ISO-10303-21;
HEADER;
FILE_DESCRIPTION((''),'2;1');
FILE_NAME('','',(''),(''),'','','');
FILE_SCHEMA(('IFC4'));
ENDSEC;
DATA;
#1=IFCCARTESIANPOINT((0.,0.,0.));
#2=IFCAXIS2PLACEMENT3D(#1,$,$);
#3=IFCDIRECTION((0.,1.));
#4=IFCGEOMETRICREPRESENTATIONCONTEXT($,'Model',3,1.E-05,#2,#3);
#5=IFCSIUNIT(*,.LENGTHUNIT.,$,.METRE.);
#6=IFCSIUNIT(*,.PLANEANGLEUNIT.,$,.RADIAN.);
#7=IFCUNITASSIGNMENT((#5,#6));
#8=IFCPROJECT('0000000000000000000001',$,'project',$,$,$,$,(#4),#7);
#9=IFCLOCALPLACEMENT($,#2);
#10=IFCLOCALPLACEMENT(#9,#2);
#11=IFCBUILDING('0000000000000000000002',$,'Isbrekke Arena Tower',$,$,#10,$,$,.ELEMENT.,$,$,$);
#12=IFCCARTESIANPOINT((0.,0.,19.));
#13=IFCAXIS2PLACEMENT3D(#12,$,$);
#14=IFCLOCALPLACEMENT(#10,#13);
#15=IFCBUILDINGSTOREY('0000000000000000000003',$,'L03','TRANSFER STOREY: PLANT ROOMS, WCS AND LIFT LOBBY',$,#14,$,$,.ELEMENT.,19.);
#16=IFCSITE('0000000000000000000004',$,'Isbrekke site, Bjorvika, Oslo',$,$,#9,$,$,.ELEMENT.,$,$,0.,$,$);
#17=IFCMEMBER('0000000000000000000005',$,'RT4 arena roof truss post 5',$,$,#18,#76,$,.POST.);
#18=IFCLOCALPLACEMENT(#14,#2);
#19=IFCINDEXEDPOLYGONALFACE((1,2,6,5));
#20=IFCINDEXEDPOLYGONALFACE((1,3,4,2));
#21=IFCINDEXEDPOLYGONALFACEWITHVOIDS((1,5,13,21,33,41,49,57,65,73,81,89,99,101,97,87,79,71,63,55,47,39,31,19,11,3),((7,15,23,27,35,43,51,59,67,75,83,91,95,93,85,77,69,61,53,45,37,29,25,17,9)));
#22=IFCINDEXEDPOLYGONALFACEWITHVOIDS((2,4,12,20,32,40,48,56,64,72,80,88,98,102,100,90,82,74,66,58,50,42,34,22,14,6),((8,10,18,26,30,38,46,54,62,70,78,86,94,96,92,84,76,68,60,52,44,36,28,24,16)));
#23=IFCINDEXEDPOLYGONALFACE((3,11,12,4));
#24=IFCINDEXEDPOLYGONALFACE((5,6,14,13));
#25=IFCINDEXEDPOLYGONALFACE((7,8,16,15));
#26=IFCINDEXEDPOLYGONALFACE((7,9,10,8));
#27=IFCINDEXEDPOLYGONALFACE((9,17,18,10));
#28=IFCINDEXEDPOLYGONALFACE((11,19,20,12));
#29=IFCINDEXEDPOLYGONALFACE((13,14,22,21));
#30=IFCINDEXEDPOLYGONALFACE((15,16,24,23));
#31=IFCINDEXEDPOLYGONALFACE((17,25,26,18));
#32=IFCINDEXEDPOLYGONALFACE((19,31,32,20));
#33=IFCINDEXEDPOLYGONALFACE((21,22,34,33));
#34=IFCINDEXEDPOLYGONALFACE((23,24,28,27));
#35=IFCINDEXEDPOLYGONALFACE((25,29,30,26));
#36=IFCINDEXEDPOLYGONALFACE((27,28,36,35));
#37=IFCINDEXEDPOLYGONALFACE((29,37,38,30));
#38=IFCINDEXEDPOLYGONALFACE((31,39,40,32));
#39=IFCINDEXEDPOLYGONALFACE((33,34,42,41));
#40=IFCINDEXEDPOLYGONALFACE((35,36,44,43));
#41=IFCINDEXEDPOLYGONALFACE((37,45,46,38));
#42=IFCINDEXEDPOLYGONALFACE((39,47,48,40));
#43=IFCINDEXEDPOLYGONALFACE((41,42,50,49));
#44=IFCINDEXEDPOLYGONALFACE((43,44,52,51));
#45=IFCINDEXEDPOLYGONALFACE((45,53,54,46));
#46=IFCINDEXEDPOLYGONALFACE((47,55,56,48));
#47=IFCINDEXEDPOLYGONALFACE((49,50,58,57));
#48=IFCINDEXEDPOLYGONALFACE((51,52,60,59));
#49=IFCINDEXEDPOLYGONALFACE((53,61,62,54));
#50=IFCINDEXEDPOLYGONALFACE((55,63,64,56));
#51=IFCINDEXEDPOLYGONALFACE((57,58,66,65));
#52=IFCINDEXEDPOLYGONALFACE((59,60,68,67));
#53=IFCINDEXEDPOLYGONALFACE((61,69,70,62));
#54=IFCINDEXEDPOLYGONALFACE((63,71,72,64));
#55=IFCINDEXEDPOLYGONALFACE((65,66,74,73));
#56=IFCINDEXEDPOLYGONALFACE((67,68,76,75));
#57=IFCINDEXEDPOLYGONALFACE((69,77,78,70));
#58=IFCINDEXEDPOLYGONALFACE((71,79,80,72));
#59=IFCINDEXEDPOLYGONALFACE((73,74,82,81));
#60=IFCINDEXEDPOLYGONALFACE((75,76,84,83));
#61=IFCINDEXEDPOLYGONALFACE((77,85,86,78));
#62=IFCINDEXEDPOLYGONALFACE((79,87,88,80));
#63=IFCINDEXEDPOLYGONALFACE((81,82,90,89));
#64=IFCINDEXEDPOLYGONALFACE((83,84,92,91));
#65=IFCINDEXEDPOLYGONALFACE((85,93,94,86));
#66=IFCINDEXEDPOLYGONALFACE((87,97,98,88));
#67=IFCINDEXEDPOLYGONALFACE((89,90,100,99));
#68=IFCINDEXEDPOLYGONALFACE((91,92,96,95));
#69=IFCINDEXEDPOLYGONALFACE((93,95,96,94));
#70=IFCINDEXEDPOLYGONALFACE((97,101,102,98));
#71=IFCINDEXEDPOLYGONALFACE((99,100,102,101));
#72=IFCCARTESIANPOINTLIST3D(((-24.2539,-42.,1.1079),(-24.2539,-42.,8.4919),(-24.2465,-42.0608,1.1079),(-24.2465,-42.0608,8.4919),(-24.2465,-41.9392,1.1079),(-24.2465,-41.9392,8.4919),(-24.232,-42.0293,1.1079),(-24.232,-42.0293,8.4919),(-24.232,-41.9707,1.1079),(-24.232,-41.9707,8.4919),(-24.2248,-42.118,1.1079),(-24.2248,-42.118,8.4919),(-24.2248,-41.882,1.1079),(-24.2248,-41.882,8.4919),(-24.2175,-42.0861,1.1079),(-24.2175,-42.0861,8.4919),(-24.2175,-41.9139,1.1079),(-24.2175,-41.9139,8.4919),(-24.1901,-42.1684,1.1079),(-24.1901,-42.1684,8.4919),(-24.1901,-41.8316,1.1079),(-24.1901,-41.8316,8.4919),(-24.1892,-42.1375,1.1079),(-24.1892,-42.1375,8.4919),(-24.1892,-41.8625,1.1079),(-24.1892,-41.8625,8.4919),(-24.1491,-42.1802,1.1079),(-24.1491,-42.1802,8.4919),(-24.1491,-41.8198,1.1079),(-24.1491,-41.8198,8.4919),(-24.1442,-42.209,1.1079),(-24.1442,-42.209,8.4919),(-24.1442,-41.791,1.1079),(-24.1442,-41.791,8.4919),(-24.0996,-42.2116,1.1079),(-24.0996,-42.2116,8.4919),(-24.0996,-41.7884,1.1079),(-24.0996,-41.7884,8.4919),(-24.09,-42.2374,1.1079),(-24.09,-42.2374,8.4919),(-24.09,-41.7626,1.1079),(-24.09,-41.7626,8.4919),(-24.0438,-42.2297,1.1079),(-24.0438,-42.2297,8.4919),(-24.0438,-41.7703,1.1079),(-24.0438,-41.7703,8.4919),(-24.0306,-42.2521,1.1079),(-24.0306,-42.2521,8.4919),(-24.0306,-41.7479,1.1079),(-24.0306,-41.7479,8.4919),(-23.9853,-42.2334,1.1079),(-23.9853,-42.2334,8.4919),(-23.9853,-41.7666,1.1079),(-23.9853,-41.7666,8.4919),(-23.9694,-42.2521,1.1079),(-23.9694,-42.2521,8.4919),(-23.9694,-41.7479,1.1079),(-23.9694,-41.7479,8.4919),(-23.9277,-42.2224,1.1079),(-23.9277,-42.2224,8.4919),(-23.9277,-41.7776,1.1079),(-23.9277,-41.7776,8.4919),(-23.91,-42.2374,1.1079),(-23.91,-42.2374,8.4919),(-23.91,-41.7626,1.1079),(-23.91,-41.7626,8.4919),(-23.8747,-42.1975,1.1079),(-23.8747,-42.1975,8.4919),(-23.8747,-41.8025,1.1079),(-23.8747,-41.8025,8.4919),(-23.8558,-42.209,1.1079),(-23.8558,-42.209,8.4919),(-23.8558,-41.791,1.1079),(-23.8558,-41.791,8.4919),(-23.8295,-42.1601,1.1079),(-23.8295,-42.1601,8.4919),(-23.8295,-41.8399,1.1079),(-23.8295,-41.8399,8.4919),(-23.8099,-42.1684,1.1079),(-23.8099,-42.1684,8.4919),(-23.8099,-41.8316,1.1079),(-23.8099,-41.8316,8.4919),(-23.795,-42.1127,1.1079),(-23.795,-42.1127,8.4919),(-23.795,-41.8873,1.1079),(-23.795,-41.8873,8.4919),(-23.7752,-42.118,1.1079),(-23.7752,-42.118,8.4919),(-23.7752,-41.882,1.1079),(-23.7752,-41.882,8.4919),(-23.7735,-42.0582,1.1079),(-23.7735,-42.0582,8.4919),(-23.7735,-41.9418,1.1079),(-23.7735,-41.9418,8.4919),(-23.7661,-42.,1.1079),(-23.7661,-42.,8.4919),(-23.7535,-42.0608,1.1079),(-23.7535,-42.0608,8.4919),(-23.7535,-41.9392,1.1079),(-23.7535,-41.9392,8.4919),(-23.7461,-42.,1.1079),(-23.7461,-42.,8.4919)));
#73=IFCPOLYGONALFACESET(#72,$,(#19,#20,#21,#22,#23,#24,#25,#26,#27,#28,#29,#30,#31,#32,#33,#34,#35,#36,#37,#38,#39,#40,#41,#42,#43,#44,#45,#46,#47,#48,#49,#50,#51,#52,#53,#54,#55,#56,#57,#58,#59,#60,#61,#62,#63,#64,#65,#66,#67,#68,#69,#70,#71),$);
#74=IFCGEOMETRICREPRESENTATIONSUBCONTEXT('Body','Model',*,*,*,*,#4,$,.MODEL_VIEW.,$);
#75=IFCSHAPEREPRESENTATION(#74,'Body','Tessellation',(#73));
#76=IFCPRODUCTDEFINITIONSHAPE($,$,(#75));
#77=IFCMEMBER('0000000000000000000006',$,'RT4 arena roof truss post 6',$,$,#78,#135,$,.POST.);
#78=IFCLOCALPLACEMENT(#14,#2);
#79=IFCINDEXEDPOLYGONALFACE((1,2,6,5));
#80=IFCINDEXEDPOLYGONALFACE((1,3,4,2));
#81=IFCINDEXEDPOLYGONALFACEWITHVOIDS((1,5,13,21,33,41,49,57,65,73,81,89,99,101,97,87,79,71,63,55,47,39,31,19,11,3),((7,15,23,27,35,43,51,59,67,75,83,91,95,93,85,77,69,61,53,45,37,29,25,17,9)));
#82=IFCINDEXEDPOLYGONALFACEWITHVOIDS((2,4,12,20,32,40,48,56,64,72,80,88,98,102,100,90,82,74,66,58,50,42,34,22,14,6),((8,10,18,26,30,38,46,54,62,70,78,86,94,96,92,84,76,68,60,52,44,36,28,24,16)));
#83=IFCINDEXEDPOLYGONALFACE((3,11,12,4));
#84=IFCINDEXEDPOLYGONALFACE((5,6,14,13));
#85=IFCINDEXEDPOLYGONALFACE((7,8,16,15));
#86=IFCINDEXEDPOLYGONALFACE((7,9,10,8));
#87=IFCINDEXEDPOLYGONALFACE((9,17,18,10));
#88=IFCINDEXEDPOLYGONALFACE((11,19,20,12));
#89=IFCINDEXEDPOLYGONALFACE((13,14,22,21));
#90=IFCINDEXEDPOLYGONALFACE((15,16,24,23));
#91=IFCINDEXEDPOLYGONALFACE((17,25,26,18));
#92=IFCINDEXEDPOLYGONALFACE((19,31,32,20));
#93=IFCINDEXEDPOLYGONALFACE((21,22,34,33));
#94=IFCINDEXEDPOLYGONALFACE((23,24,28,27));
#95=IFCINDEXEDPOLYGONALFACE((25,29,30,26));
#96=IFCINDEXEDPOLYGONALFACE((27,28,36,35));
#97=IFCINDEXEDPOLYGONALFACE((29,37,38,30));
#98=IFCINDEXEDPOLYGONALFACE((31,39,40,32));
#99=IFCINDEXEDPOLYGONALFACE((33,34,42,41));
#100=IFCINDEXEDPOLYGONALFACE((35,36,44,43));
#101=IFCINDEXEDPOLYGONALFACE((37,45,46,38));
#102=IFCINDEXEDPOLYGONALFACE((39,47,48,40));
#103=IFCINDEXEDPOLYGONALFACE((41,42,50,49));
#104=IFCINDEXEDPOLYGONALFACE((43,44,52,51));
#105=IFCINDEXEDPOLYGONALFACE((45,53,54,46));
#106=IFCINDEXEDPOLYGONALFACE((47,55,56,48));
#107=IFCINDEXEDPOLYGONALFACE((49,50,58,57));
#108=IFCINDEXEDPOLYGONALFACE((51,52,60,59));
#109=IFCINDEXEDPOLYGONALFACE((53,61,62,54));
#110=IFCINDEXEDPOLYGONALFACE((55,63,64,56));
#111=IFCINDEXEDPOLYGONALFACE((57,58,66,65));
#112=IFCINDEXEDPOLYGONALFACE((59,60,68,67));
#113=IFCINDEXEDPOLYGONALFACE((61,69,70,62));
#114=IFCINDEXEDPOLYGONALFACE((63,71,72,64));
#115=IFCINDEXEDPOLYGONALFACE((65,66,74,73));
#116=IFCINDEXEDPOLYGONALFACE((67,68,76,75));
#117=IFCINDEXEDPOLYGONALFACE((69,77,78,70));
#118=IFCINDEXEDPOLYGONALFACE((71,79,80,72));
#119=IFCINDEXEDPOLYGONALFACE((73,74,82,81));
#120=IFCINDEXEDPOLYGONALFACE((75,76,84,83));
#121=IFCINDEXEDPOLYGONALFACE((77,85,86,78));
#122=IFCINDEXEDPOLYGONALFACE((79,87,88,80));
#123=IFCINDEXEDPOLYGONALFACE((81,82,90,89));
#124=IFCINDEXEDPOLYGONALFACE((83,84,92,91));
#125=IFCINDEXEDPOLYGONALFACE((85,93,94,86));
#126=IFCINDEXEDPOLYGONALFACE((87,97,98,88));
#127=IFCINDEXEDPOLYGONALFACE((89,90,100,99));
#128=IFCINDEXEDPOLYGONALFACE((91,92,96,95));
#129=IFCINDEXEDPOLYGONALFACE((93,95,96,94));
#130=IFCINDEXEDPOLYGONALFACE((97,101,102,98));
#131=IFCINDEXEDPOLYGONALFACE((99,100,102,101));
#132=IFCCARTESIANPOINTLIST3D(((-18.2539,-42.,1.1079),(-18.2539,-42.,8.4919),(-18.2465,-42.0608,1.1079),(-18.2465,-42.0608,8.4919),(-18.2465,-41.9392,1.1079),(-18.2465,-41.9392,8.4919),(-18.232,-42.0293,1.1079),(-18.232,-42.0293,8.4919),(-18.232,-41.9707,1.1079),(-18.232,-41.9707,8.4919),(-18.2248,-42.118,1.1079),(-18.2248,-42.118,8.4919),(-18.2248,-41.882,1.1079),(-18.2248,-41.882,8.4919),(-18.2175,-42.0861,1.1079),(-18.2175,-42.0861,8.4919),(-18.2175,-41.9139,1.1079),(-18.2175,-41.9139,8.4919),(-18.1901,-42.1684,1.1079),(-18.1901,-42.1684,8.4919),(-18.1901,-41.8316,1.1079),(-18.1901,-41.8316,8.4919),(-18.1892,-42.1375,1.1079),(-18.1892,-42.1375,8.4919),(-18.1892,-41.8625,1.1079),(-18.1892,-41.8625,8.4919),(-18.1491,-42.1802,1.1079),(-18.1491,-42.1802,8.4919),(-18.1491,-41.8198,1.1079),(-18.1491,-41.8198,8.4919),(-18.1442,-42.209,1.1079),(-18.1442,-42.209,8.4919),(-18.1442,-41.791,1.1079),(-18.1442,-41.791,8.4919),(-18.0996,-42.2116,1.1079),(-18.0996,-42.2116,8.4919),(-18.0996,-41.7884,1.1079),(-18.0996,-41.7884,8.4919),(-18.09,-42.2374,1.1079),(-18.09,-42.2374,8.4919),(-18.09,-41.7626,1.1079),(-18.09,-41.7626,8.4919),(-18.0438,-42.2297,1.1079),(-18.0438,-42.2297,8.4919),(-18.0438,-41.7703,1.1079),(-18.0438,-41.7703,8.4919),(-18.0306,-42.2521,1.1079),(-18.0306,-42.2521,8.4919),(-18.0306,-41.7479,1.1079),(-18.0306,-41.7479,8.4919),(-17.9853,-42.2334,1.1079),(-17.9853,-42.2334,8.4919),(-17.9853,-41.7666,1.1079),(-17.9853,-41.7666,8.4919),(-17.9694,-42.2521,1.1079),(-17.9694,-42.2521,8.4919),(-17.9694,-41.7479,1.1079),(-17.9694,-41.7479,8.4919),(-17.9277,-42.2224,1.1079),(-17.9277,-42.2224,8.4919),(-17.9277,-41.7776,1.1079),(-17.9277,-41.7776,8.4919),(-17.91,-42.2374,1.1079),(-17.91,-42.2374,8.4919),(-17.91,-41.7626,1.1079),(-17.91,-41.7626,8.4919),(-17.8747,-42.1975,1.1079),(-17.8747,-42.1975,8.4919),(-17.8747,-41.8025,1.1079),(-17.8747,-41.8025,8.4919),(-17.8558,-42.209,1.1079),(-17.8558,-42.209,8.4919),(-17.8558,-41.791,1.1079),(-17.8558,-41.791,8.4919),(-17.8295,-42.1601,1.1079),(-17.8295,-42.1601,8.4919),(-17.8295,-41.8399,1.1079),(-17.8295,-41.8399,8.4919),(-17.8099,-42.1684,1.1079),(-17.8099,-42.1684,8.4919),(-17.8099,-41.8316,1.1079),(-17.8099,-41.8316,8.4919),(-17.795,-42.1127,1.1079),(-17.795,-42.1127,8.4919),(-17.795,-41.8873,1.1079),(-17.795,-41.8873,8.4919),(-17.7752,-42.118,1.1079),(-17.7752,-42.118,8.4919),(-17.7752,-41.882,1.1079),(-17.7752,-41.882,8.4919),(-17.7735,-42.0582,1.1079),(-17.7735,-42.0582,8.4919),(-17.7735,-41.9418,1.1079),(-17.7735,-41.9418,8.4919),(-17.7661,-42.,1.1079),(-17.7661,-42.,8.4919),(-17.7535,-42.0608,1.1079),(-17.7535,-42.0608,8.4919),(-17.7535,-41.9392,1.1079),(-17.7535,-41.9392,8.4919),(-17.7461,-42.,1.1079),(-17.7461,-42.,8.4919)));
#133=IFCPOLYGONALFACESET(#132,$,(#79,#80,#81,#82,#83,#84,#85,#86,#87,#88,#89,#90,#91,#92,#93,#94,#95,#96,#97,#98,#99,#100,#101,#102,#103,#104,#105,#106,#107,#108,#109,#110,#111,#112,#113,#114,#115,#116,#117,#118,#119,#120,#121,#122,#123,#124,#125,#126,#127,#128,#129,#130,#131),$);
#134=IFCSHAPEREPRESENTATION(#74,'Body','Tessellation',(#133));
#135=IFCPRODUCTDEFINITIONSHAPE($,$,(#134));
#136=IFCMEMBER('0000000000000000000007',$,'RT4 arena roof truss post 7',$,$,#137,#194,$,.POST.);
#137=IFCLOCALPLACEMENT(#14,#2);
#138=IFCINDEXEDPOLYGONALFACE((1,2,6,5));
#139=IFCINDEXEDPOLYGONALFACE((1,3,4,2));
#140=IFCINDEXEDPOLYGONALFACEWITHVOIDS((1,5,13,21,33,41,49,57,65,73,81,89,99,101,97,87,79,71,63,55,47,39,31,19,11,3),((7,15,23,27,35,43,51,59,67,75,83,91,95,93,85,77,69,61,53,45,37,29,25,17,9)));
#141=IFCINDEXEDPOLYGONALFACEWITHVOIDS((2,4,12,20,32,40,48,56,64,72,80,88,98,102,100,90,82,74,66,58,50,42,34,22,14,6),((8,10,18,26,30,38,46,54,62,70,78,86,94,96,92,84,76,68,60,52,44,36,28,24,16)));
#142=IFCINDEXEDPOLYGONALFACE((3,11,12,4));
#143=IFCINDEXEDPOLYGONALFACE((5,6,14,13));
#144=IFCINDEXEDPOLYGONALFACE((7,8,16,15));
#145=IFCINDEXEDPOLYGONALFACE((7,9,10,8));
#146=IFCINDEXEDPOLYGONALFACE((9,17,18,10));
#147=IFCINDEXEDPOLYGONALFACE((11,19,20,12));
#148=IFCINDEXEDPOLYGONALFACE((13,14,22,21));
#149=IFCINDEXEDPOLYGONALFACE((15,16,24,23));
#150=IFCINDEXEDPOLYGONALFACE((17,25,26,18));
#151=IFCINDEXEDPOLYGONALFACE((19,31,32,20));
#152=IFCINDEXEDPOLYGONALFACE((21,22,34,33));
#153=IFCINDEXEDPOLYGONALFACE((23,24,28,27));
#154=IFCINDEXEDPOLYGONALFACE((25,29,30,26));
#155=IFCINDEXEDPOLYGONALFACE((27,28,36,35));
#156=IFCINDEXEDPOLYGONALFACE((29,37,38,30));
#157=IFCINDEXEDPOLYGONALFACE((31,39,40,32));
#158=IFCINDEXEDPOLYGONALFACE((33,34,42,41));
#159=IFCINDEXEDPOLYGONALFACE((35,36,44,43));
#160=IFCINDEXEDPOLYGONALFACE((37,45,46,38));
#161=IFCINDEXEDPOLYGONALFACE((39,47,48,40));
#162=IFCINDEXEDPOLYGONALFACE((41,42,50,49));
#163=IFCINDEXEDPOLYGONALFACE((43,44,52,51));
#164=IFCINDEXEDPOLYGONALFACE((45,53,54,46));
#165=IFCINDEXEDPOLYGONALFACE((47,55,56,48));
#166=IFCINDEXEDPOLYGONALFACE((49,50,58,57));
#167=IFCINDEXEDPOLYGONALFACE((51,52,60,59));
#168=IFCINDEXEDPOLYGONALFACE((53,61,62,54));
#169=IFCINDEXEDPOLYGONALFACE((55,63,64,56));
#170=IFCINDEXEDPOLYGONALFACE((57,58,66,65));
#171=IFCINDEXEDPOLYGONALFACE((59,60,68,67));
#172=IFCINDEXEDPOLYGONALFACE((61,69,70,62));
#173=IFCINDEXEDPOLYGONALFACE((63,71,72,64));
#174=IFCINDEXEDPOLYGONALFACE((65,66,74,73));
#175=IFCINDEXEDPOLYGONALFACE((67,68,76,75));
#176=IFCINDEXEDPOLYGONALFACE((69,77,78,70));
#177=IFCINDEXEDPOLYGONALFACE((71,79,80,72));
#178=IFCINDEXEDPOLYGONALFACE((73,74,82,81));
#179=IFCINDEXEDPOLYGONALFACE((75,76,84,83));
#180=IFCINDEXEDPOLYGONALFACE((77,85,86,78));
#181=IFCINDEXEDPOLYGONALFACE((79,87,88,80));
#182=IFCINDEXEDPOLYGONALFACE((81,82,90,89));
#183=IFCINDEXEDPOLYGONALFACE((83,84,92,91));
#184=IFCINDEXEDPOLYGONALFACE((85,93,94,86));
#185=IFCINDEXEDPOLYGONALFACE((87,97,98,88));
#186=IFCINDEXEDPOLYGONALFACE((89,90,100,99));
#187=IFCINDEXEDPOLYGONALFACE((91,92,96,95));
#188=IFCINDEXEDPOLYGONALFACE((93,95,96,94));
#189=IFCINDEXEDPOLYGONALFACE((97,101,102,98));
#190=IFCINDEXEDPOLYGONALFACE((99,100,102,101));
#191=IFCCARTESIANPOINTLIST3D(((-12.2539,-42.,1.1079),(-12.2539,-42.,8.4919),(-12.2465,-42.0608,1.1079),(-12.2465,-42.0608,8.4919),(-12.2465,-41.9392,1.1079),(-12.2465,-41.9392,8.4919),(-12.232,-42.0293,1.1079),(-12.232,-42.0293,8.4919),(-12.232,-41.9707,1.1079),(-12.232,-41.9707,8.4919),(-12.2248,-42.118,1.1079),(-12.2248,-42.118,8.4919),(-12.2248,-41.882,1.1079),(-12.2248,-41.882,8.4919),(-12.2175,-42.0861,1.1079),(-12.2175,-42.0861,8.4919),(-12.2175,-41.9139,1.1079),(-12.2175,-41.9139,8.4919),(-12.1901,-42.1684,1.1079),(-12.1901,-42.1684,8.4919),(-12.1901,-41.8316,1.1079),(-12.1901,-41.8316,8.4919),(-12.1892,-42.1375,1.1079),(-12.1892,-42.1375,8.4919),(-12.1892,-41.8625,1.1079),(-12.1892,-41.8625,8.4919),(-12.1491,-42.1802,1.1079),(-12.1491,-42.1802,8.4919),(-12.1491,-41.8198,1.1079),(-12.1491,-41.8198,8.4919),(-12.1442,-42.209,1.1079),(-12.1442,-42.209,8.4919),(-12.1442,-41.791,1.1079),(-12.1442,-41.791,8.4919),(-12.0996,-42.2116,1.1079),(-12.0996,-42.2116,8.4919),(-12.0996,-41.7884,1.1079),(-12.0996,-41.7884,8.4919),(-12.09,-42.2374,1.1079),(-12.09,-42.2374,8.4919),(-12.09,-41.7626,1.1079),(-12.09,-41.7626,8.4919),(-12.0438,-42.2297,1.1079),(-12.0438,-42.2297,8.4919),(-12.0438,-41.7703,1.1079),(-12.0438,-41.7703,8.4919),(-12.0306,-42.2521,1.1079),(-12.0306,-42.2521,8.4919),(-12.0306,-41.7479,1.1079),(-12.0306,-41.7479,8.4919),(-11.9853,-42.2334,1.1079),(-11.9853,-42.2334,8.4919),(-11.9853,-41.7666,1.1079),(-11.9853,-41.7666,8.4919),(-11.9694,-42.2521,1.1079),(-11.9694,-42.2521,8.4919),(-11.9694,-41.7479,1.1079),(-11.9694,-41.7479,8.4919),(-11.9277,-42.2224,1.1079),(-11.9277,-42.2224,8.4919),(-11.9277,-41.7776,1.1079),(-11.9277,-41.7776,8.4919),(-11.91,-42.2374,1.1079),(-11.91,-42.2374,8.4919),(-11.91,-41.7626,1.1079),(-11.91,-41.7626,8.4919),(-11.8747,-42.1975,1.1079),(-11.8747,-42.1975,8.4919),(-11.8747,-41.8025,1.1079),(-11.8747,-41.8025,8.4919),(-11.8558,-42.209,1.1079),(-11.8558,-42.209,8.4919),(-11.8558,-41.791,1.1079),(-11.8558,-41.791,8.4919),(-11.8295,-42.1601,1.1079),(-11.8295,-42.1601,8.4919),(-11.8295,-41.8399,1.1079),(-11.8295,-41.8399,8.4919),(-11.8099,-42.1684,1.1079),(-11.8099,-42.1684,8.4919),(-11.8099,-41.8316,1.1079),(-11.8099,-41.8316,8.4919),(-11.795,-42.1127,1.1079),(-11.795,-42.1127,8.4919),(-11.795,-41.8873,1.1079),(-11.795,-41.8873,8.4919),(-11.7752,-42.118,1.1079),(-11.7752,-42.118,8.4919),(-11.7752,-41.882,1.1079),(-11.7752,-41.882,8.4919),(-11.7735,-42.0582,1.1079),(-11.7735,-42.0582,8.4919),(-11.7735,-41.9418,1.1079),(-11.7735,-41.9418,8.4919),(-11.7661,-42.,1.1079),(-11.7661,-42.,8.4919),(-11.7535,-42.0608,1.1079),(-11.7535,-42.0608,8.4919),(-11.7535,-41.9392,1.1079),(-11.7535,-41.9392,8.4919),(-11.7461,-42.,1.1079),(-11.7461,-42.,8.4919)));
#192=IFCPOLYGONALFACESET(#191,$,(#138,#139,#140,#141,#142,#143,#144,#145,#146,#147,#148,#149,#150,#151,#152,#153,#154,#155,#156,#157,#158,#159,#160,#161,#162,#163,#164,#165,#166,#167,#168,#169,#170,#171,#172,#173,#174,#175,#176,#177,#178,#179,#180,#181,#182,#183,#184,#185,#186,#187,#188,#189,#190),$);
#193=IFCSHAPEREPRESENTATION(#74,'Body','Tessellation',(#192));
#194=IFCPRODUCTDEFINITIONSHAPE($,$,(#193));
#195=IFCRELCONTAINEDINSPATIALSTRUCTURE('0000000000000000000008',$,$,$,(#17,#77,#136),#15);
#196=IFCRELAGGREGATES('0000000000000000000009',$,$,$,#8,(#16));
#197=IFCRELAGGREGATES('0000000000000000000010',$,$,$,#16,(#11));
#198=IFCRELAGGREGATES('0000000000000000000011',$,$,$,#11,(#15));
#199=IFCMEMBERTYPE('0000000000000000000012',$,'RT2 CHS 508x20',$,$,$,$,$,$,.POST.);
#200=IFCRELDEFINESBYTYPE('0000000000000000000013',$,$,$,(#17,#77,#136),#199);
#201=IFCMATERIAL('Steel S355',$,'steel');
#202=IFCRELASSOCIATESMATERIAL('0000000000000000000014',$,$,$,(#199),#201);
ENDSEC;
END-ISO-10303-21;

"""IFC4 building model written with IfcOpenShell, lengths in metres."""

from ifc_helpers import new_model, si_unit, direction, frame, origin, origin_2d, place, context, subcontext, project, spatial, hollow_circle, extrude, material, material_profile, profile_set, type_object, element, save


model = new_model("IFC4")

# Units and contexts
model_context = context("Model", 3, precision=1e-05, world=origin(), true_north=direction((0.0, 1.0)))
body_context = subcontext(model_context, "Body", "Model", "MODEL_VIEW")
ifc_project = project(units=[si_unit("LENGTHUNIT", "METRE"), si_unit("PLANEANGLEUNIT", "RADIAN")], contexts=[model_context])

# Site, building, storey
site_placement = place(None, origin())
site = spatial("IfcSite", under=ifc_project, at=site_placement, Name="Isbrekke site, Bjorvika, Oslo", CompositionType="ELEMENT", RefElevation=0.0)
building_placement = place(site_placement, origin())
building = spatial("IfcBuilding", under=site, at=building_placement, Name="Isbrekke Arena Tower", CompositionType="ELEMENT")
storey_placement = place(building_placement, frame((0.0, 0.0, 19.0)))
storey = spatial("IfcBuildingStorey", under=building, at=storey_placement, Name="L03", Description="TRANSFER STOREY: PLANT ROOMS, WCS AND LIFT LOBBY", CompositionType="ELEMENT", Elevation=19.0)

# Members
ifc_material_1 = material(Name="Steel S355", Category="steel")
ifc_material_profile_1 = material_profile(ifc_material_1, hollow_circle(Radius=0.2539, WallThickness=0.02, at=origin_2d()), Name="CHS 508x20")
ifc_profile_set_1 = profile_set([ifc_material_profile_1], Name="Steel S355")
member_type_1 = type_object("IfcMemberType", Name="RT2 CHS 508x20", PredefinedType="POST", material=ifc_profile_set_1)
for number, where, z_axis, x_axis, name in (
    (1, (-24.0, -42.0, 1.1079), (0.0, 0.0, 1.0), (1.0, 0.0, 0.0), "RT4 arena roof truss post 5"),
    (2, (-18.0, -42.0, 1.1079), (0.0, 0.0, 1.0), (1.0, 0.0, 0.0), "RT4 arena roof truss post 6"),
    (3, (-12.0, -42.0, 1.1079), (0.0, 0.0, 1.0), (1.0, 0.0, 0.0), "RT4 arena roof truss post 7"),
):
    element("IfcMember", number, at=place(storey_placement, frame(where, z_axis=z_axis, x_axis=x_axis)), inside=storey, type_object=member_type_1, Name=name, PredefinedType="POST", context=body_context, shape_type="SweptSolid", body=[
        extrude(hollow_circle(Radius=0.2539, WallThickness=0.02, at=origin_2d()), origin(), (0.0, 0.0, 1.0), 7.384),
    ])

save(model, "model.ifc")
